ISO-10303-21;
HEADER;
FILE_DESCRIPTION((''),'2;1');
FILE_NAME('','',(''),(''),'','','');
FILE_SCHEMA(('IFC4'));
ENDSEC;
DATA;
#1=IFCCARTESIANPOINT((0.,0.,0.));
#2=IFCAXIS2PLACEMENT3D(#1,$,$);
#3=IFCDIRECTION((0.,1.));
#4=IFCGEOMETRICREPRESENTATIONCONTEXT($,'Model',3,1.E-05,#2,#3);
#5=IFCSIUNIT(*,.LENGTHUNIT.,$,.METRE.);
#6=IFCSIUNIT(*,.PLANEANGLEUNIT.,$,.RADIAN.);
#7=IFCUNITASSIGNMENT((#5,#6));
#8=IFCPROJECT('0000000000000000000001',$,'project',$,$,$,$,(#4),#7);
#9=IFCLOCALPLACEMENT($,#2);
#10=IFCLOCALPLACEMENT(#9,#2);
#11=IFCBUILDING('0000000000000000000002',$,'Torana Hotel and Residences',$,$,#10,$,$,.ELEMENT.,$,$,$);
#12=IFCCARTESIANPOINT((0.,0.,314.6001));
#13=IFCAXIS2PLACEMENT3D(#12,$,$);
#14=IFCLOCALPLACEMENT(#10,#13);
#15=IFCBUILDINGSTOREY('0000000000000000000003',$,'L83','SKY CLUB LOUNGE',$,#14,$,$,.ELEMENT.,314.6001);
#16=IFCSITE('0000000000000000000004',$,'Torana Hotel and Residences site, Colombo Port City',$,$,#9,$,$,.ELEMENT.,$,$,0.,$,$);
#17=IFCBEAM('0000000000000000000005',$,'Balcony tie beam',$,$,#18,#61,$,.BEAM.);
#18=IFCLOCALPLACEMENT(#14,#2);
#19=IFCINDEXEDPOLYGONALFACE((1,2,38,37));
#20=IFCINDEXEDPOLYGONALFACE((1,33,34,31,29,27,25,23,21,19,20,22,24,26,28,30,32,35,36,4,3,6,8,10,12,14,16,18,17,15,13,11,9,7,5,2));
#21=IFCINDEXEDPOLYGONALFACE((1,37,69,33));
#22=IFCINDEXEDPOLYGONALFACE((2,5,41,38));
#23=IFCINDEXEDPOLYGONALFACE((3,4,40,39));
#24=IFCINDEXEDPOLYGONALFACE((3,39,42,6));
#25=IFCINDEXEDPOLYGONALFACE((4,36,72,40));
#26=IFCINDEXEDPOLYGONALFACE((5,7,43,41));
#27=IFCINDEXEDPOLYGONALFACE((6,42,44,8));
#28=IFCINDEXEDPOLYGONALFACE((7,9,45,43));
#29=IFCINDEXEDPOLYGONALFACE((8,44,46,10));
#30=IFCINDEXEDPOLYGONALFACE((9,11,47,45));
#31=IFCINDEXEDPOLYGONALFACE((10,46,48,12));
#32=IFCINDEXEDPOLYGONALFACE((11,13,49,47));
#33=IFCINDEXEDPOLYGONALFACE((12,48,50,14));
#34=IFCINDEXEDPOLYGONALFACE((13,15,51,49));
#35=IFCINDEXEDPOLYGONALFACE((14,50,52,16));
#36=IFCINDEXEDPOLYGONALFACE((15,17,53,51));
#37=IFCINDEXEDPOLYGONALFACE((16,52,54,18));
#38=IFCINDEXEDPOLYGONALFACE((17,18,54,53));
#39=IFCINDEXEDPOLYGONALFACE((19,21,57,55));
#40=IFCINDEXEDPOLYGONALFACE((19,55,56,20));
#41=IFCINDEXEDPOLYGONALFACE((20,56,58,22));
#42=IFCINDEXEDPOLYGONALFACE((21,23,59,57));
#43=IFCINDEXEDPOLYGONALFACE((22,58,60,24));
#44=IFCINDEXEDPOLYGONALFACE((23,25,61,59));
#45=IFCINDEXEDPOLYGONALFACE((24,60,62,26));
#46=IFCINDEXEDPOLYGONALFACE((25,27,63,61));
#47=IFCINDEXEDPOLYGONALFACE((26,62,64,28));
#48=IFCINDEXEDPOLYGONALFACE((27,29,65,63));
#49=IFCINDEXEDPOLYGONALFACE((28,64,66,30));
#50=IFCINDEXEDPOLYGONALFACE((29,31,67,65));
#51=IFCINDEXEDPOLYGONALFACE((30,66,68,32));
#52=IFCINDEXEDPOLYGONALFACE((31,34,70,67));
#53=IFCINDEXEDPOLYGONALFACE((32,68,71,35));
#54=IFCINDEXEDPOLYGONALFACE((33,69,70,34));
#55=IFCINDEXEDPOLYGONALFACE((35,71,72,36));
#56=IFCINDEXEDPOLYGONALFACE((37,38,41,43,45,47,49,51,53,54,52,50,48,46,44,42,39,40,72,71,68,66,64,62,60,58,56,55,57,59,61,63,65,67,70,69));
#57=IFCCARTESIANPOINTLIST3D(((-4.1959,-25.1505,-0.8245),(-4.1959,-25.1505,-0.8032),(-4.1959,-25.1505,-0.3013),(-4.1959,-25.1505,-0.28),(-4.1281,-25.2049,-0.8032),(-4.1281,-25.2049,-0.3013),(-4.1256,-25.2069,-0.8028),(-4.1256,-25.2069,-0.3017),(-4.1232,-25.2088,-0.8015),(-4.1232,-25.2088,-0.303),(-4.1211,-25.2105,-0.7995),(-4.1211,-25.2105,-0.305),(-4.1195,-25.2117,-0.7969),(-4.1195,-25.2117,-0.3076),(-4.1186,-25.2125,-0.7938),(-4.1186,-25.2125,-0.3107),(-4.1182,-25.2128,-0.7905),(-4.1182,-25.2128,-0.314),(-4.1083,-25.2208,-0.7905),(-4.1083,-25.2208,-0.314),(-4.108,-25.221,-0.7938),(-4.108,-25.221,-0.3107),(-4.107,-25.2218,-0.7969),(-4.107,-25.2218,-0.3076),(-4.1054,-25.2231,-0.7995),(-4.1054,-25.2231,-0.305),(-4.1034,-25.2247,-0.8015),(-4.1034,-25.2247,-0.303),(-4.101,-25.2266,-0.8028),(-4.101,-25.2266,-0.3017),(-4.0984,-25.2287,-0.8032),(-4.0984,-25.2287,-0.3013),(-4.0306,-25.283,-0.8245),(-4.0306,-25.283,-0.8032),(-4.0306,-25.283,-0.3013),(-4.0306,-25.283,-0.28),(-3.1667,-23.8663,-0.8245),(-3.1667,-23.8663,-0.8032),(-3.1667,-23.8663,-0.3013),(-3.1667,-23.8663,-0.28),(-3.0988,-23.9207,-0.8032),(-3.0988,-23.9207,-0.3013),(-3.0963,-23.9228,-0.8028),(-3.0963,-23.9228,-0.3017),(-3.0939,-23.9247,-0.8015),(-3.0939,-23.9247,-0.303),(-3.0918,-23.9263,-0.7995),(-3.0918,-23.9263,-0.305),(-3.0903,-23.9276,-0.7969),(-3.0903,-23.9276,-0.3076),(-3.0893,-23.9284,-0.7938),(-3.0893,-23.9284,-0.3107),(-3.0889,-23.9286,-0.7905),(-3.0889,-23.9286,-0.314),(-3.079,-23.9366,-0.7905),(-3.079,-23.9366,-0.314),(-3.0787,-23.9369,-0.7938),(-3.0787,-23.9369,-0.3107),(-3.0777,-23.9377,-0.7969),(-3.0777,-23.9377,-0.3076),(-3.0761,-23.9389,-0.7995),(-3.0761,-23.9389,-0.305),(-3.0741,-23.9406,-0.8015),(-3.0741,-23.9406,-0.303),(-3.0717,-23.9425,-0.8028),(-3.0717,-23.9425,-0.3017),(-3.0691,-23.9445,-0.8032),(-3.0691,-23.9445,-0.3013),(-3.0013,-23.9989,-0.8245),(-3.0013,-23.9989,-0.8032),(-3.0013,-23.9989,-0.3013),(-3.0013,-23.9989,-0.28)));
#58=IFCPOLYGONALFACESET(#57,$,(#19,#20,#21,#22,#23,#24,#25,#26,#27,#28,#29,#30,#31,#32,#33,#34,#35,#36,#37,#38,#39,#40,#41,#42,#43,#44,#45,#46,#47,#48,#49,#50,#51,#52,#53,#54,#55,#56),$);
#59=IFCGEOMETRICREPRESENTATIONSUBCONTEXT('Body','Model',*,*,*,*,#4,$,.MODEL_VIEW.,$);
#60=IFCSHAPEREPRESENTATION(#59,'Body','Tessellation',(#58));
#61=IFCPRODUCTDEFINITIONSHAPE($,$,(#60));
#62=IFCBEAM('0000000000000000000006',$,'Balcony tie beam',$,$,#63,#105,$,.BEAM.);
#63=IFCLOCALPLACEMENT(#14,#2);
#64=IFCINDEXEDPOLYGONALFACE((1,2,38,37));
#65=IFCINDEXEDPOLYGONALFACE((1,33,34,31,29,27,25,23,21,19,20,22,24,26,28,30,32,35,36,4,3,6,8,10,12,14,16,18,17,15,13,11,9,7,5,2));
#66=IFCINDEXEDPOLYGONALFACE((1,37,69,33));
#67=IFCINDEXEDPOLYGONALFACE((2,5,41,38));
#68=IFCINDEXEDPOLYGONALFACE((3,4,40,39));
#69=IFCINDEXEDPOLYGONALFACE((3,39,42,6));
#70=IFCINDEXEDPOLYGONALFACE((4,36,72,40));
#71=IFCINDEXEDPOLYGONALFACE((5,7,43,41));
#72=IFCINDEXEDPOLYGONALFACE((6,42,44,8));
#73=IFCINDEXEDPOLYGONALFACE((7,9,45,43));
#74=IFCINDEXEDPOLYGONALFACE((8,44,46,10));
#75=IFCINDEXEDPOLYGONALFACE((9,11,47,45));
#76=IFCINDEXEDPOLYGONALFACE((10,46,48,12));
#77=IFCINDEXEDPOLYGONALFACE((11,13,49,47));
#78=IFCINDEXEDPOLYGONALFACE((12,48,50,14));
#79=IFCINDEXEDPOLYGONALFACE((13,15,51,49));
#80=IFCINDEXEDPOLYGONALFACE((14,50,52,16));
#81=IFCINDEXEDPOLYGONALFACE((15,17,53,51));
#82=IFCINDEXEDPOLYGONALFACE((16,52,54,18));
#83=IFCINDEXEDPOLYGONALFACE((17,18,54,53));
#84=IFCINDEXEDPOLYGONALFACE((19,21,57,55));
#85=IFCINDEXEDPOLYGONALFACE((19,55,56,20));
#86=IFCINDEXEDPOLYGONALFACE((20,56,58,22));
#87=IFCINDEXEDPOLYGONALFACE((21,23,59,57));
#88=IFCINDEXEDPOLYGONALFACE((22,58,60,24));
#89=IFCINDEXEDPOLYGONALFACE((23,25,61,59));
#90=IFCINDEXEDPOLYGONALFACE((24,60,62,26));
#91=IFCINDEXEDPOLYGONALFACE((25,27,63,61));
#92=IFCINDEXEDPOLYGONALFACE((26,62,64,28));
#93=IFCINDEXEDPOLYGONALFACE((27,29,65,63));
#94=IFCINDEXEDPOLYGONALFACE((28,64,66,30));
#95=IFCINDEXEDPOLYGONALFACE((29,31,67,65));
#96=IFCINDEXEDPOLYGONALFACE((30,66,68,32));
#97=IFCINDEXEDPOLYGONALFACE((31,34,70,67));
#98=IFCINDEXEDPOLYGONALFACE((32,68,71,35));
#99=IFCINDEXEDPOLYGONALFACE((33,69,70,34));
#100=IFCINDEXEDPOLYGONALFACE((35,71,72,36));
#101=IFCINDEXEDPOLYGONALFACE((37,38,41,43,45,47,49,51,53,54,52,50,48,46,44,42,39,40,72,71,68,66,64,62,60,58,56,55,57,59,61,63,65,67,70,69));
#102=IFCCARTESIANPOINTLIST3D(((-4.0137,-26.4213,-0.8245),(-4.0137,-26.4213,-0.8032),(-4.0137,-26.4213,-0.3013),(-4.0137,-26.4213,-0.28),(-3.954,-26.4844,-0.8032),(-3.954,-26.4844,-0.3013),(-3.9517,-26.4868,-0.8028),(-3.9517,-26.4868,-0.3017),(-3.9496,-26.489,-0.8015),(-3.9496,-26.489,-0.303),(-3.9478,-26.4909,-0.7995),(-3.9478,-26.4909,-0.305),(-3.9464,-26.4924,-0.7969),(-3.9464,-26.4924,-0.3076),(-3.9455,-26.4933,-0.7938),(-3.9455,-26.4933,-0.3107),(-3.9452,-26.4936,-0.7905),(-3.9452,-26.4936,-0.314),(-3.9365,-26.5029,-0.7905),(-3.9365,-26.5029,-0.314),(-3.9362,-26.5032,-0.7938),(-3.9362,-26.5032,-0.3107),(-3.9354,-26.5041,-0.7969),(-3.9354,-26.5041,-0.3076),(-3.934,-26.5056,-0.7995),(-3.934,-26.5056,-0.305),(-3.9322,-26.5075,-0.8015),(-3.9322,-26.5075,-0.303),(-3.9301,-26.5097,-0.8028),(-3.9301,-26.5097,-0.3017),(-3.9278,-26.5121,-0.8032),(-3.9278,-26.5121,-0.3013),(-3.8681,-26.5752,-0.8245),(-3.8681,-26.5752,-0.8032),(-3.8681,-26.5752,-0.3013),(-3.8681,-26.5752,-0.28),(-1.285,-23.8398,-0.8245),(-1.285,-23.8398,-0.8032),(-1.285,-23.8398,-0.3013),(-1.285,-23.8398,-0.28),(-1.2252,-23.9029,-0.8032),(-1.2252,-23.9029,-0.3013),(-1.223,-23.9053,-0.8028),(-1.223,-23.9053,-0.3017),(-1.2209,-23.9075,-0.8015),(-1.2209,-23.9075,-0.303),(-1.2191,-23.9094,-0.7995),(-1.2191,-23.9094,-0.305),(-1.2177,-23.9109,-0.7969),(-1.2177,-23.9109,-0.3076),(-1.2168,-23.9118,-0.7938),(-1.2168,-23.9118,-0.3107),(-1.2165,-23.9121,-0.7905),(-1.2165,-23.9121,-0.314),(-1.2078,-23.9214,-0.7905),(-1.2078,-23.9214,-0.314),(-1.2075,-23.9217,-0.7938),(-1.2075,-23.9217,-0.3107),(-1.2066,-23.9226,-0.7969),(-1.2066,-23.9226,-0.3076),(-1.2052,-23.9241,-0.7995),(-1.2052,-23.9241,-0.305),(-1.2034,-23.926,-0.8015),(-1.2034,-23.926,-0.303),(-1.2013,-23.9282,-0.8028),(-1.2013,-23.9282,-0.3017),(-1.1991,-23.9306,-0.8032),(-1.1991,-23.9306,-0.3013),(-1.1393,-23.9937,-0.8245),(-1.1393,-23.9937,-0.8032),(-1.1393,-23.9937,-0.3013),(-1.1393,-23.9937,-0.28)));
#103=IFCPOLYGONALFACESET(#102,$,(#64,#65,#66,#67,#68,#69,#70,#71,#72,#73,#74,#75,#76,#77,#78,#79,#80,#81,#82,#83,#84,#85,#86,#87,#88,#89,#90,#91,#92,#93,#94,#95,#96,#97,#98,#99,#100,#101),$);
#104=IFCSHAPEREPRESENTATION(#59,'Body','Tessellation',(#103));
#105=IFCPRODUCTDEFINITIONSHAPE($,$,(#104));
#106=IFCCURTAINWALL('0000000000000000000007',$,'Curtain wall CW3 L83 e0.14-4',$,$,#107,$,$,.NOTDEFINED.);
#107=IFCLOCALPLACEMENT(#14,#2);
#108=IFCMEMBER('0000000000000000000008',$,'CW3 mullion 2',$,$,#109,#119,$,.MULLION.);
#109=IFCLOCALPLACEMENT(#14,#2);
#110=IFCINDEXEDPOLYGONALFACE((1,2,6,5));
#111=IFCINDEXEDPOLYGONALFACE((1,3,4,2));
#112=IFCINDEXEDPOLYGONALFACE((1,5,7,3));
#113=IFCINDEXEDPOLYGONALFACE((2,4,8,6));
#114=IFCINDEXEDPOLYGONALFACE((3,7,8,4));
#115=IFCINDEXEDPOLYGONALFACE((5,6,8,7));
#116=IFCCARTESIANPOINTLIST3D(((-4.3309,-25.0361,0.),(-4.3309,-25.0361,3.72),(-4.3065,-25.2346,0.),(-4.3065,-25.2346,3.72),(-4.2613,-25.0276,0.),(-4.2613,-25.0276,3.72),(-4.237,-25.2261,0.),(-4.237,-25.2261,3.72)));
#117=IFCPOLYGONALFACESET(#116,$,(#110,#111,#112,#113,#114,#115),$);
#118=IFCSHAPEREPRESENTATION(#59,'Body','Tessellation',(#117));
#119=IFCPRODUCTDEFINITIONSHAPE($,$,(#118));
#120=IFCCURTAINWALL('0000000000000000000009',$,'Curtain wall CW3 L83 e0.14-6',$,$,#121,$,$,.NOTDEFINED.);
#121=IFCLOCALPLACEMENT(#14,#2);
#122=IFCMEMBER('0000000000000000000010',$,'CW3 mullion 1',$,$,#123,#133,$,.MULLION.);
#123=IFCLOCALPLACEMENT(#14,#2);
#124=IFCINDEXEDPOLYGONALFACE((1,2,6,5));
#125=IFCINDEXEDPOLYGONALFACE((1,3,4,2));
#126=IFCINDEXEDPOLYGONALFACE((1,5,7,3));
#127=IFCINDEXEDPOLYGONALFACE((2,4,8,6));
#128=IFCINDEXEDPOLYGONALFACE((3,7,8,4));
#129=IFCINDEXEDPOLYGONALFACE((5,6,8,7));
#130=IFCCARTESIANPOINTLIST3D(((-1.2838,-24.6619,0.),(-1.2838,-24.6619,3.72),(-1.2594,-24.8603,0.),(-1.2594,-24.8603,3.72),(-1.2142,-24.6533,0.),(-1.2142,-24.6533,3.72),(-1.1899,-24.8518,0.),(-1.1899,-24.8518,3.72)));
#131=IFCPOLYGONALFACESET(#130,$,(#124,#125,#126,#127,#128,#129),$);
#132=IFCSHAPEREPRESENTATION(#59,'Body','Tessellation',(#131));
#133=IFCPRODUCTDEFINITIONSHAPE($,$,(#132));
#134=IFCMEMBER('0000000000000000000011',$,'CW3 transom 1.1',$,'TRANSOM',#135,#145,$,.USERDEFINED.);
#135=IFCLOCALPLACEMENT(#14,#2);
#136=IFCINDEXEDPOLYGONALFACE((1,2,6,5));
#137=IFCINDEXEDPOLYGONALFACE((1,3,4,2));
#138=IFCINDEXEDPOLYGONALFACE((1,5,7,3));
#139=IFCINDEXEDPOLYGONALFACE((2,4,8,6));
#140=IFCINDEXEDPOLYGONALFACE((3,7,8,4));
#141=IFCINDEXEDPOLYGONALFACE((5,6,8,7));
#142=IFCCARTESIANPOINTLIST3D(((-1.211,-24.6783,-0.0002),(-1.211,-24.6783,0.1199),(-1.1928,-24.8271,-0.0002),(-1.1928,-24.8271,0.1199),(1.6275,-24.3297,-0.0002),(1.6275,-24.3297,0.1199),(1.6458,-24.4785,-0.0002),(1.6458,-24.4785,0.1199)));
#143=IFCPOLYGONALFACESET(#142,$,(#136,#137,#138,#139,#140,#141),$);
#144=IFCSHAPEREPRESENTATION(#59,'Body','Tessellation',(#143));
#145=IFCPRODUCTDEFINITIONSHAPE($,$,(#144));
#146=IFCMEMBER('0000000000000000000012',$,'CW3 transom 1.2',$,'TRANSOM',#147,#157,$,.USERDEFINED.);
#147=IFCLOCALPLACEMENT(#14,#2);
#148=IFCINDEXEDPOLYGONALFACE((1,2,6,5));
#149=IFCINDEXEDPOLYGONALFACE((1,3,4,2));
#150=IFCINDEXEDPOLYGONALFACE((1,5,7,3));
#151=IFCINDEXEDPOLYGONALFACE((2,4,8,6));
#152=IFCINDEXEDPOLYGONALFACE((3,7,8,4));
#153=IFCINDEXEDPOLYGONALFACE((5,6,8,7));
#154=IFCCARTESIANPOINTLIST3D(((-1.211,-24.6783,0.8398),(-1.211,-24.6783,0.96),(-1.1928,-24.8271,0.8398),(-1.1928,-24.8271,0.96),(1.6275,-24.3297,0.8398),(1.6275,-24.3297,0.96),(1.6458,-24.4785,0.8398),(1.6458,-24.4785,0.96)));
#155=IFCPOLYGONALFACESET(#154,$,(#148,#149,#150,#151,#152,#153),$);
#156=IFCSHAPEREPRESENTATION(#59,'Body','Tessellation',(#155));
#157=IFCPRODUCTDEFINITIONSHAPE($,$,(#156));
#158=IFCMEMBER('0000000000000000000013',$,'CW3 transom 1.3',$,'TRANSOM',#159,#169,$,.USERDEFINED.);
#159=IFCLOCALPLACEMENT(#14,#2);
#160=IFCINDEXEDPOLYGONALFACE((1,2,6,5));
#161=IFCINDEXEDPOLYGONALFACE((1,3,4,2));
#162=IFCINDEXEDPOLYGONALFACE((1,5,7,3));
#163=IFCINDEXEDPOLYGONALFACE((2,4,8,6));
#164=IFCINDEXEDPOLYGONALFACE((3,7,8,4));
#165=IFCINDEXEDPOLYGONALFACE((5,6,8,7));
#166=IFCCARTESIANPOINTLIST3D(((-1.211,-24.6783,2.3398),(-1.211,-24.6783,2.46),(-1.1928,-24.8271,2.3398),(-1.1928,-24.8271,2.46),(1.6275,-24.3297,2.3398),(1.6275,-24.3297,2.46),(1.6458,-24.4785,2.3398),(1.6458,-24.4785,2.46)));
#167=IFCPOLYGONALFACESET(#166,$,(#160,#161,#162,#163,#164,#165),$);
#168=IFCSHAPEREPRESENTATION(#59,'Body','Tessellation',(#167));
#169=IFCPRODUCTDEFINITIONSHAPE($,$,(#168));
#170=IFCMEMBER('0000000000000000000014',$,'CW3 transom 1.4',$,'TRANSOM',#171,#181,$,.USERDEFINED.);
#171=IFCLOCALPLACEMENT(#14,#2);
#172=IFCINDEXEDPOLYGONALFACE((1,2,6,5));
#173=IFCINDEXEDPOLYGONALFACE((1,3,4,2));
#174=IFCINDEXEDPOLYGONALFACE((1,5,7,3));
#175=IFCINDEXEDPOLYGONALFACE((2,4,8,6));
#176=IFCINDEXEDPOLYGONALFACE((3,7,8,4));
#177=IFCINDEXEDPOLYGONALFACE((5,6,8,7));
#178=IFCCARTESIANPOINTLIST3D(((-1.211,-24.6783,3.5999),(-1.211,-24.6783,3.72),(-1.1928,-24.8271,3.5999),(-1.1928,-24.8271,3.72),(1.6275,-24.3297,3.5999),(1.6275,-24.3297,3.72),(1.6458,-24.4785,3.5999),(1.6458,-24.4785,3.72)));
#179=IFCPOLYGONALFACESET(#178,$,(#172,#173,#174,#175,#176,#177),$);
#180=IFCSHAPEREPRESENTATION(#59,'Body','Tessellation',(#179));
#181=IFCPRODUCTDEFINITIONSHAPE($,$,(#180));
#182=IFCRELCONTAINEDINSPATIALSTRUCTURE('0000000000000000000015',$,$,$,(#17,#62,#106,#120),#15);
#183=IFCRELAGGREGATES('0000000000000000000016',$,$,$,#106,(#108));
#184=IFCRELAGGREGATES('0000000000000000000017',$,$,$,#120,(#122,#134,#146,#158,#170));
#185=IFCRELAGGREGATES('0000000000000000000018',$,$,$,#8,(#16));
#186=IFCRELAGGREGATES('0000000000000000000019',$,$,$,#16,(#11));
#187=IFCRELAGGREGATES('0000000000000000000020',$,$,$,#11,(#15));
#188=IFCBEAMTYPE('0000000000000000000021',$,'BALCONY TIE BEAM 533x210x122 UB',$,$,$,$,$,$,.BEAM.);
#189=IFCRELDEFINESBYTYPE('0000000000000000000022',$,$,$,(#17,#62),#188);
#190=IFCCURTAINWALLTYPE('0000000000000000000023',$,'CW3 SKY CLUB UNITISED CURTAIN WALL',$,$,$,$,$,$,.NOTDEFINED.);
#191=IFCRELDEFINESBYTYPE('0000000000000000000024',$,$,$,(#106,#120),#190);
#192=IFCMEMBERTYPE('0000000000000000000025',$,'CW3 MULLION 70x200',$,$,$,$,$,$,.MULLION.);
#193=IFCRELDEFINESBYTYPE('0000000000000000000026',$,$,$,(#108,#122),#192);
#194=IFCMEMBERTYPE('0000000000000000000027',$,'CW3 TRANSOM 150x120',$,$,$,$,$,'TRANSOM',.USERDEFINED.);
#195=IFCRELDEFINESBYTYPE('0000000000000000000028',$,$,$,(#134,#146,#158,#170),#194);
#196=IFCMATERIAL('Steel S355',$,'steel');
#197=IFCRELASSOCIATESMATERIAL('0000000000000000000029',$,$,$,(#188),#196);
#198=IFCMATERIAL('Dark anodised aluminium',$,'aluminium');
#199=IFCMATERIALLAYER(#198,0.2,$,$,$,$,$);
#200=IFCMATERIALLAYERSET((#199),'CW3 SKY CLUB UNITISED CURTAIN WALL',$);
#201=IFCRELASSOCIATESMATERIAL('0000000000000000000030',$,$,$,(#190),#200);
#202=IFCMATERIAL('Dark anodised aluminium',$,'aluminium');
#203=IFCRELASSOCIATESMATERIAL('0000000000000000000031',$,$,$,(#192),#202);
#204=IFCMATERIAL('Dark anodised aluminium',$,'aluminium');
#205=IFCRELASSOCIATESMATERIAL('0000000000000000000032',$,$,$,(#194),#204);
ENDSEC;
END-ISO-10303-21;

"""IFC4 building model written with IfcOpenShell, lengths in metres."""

from ifc_helpers import new_model, si_unit, direction, frame, origin, origin_2d, place, context, subcontext, project, spatial, rectangle, i_section, extrude, material, layer, layer_set, material_profile, profile_set, type_object, element, aggregate, save


model = new_model("IFC4")

# Units and contexts
model_context = context("Model", 3, precision=1e-05, world=origin(), true_north=direction((0.0, 1.0)))
body_context = subcontext(model_context, "Body", "Model", "MODEL_VIEW")
ifc_project = project(units=[si_unit("LENGTHUNIT", "METRE"), si_unit("PLANEANGLEUNIT", "RADIAN")], contexts=[model_context])

# Site, building, storey
site_placement = place(None, origin())
site = spatial("IfcSite", under=ifc_project, at=site_placement, Name="Torana Hotel and Residences site, Colombo Port City", CompositionType="ELEMENT", RefElevation=0.0)
building_placement = place(site_placement, origin())
building = spatial("IfcBuilding", under=site, at=building_placement, Name="Torana Hotel and Residences", CompositionType="ELEMENT")
storey_placement = place(building_placement, frame((0.0, 0.0, 314.6001)))
storey = spatial("IfcBuildingStorey", under=building, at=storey_placement, Name="L83", Description="SKY CLUB LOUNGE", CompositionType="ELEMENT", Elevation=314.6001)

# Beams
ifc_material_1 = material(Name="Steel S355", Category="steel")
ifc_material_profile_1 = material_profile(ifc_material_1, i_section(OverallWidth=0.2119, OverallDepth=0.5444, WebThickness=0.0127, FlangeThickness=0.0212, FilletRadius=0.0127, at=origin_2d()), Name="533x210x122 UB")
ifc_profile_set_1 = profile_set([ifc_material_profile_1], Name="Steel S355")
beam_type = type_object("IfcBeamType", Name="BALCONY TIE BEAM 533x210x122 UB", PredefinedType="BEAM", material=ifc_profile_set_1)
beam_1_placement = place(storey_placement, frame((-3.084, -23.9326, -0.5522), z_axis=(-0.625418, -0.78029, 0.0), x_axis=(0.78029, -0.625418, 0.0)))
element("IfcBeam", 1, at=beam_1_placement, inside=storey, type_object=beam_type, Name="Balcony tie beam", PredefinedType="BEAM", context=body_context, shape_type="SweptSolid", body=[
    extrude(i_section(OverallWidth=0.2119, OverallDepth=0.5444, WebThickness=0.0127, FlangeThickness=0.0212, FilletRadius=0.0127, at=origin_2d()), origin(), (0.0, 0.0, 1.0), 1.6458),
])
beam_2_placement = place(storey_placement, frame((-1.2122, -23.9167, -0.5522), z_axis=(-0.726431, -0.68724, 0.0), x_axis=(0.68724, -0.726431, 0.0)))
element("IfcBeam", 2, at=beam_2_placement, inside=storey, type_object=beam_type, Name="Balcony tie beam", PredefinedType="BEAM", context=body_context, shape_type="SweptSolid", body=[
    extrude(i_section(OverallWidth=0.2119, OverallDepth=0.5444, WebThickness=0.0127, FlangeThickness=0.0212, FilletRadius=0.0127, at=origin_2d()), origin(), (0.0, 0.0, 1.0), 3.7563),
])

# Curtain wall, member
ifc_material_2 = material(Name="Dark anodised aluminium", Category="aluminium")
ifc_layer_1 = layer(ifc_material_2, 0.2)
ifc_layer_set_1 = layer_set([ifc_layer_1], Name="CW3 SKY CLUB UNITISED CURTAIN WALL")
curtain_wall_type = type_object("IfcCurtainWallType", Name="CW3 SKY CLUB UNITISED CURTAIN WALL", PredefinedType="NOTDEFINED", material=ifc_layer_set_1)
curtain_wall_1_placement = place(storey_placement, origin())
curtain_wall_1 = element("IfcCurtainWall", 3, at=curtain_wall_1_placement, inside=storey, type_object=curtain_wall_type, Name="Curtain wall CW3 L83 e0.14-4", PredefinedType="NOTDEFINED")
ifc_material_3 = material(Name="Dark anodised aluminium", Category="aluminium")
ifc_material_profile_2 = material_profile(ifc_material_3, rectangle(XDim=0.2, YDim=0.0701, at=origin_2d()), Name="CW3 MULLION 70x200")
ifc_profile_set_2 = profile_set([ifc_material_profile_2], Name="Dark anodised aluminium")
member_type_1 = type_object("IfcMemberType", Name="CW3 MULLION 70x200", PredefinedType="MULLION", material=ifc_profile_set_2)
member_1_placement = place(storey_placement, frame((-4.2839, -25.1311, 0.0), z_axis=(0.0, 0.0, 1.0), x_axis=(-0.121864, 0.992547, 0.0)))
member_1 = element("IfcMember", 4, at=member_1_placement, type_object=member_type_1, Name="CW3 mullion 2", PredefinedType="MULLION", context=body_context, shape_type="SweptSolid", body=[
    extrude(rectangle(XDim=0.2, YDim=0.0701, at=origin_2d()), origin(), (0.0, 0.0, 1.0), 3.72),
])
aggregate(curtain_wall_1, [member_1])

# Curtain wall, members
curtain_wall_2_placement = place(storey_placement, origin())
curtain_wall_2 = element("IfcCurtainWall", 5, at=curtain_wall_2_placement, inside=storey, type_object=curtain_wall_type, Name="Curtain wall CW3 L83 e0.14-6", PredefinedType="NOTDEFINED")
member_2_placement = place(storey_placement, frame((-1.2368, -24.7568, 0.0), z_axis=(0.0, 0.0, 1.0), x_axis=(-0.121864, 0.992547, 0.0)))
member_2 = element("IfcMember", 6, at=member_2_placement, type_object=member_type_1, Name="CW3 mullion 1", PredefinedType="MULLION", context=body_context, shape_type="SweptSolid", body=[
    extrude(rectangle(XDim=0.2, YDim=0.0701, at=origin_2d()), origin(), (0.0, 0.0, 1.0), 3.72),
])
ifc_material_4 = material(Name="Dark anodised aluminium", Category="aluminium")
ifc_material_profile_3 = material_profile(ifc_material_4, rectangle(XDim=0.1499, YDim=0.1201, at=origin_2d()), Name="CW3 TRANSOM 150x120")
ifc_profile_set_3 = profile_set([ifc_material_profile_3], Name="Dark anodised aluminium")
member_type_2 = type_object("IfcMemberType", Name="CW3 TRANSOM 150x120", ElementType="TRANSOM", PredefinedType="USERDEFINED", material=ifc_profile_set_3)
member_3_placement = place(storey_placement, frame((-1.2019, -24.7527, 0.0598), z_axis=(0.992542, 0.121902, 0.0), x_axis=(-0.121902, 0.992542, 0.0)))
member_3 = element("IfcMember", 7, at=member_3_placement, type_object=member_type_2, Name="CW3 transom 1.1", ObjectType="TRANSOM", PredefinedType="USERDEFINED", context=body_context, shape_type="SweptSolid", body=[
    extrude(rectangle(XDim=0.1499, YDim=0.1201, at=origin_2d()), origin(), (0.0, 0.0, 1.0), 2.8599),
])
member_4_placement = place(storey_placement, frame((-1.2019, -24.7527, 0.8999), z_axis=(0.992542, 0.121902, 0.0), x_axis=(-0.121902, 0.992542, 0.0)))
member_4 = element("IfcMember", 8, at=member_4_placement, type_object=member_type_2, Name="CW3 transom 1.2", ObjectType="TRANSOM", PredefinedType="USERDEFINED", context=body_context, shape_type="SweptSolid", body=[
    extrude(rectangle(XDim=0.1499, YDim=0.1201, at=origin_2d()), origin(), (0.0, 0.0, 1.0), 2.8599),
])
member_5_placement = place(storey_placement, frame((-1.2019, -24.7527, 2.3999), z_axis=(0.992542, 0.121902, 0.0), x_axis=(-0.121902, 0.992542, 0.0)))
member_5 = element("IfcMember", 9, at=member_5_placement, type_object=member_type_2, Name="CW3 transom 1.3", ObjectType="TRANSOM", PredefinedType="USERDEFINED", context=body_context, shape_type="SweptSolid", body=[
    extrude(rectangle(XDim=0.1499, YDim=0.1201, at=origin_2d()), origin(), (0.0, 0.0, 1.0), 2.8599),
])
member_6_placement = place(storey_placement, frame((-1.2019, -24.7527, 3.6599), z_axis=(0.992542, 0.121902, 0.0), x_axis=(-0.121902, 0.992542, 0.0)))
member_6 = element("IfcMember", 10, at=member_6_placement, type_object=member_type_2, Name="CW3 transom 1.4", ObjectType="TRANSOM", PredefinedType="USERDEFINED", context=body_context, shape_type="SweptSolid", body=[
    extrude(rectangle(XDim=0.1499, YDim=0.1201, at=origin_2d()), origin(), (0.0, 0.0, 1.0), 2.8599),
])
aggregate(curtain_wall_2, [member_2, member_3, member_4, member_5, member_6])

save(model, "model.ifc")
